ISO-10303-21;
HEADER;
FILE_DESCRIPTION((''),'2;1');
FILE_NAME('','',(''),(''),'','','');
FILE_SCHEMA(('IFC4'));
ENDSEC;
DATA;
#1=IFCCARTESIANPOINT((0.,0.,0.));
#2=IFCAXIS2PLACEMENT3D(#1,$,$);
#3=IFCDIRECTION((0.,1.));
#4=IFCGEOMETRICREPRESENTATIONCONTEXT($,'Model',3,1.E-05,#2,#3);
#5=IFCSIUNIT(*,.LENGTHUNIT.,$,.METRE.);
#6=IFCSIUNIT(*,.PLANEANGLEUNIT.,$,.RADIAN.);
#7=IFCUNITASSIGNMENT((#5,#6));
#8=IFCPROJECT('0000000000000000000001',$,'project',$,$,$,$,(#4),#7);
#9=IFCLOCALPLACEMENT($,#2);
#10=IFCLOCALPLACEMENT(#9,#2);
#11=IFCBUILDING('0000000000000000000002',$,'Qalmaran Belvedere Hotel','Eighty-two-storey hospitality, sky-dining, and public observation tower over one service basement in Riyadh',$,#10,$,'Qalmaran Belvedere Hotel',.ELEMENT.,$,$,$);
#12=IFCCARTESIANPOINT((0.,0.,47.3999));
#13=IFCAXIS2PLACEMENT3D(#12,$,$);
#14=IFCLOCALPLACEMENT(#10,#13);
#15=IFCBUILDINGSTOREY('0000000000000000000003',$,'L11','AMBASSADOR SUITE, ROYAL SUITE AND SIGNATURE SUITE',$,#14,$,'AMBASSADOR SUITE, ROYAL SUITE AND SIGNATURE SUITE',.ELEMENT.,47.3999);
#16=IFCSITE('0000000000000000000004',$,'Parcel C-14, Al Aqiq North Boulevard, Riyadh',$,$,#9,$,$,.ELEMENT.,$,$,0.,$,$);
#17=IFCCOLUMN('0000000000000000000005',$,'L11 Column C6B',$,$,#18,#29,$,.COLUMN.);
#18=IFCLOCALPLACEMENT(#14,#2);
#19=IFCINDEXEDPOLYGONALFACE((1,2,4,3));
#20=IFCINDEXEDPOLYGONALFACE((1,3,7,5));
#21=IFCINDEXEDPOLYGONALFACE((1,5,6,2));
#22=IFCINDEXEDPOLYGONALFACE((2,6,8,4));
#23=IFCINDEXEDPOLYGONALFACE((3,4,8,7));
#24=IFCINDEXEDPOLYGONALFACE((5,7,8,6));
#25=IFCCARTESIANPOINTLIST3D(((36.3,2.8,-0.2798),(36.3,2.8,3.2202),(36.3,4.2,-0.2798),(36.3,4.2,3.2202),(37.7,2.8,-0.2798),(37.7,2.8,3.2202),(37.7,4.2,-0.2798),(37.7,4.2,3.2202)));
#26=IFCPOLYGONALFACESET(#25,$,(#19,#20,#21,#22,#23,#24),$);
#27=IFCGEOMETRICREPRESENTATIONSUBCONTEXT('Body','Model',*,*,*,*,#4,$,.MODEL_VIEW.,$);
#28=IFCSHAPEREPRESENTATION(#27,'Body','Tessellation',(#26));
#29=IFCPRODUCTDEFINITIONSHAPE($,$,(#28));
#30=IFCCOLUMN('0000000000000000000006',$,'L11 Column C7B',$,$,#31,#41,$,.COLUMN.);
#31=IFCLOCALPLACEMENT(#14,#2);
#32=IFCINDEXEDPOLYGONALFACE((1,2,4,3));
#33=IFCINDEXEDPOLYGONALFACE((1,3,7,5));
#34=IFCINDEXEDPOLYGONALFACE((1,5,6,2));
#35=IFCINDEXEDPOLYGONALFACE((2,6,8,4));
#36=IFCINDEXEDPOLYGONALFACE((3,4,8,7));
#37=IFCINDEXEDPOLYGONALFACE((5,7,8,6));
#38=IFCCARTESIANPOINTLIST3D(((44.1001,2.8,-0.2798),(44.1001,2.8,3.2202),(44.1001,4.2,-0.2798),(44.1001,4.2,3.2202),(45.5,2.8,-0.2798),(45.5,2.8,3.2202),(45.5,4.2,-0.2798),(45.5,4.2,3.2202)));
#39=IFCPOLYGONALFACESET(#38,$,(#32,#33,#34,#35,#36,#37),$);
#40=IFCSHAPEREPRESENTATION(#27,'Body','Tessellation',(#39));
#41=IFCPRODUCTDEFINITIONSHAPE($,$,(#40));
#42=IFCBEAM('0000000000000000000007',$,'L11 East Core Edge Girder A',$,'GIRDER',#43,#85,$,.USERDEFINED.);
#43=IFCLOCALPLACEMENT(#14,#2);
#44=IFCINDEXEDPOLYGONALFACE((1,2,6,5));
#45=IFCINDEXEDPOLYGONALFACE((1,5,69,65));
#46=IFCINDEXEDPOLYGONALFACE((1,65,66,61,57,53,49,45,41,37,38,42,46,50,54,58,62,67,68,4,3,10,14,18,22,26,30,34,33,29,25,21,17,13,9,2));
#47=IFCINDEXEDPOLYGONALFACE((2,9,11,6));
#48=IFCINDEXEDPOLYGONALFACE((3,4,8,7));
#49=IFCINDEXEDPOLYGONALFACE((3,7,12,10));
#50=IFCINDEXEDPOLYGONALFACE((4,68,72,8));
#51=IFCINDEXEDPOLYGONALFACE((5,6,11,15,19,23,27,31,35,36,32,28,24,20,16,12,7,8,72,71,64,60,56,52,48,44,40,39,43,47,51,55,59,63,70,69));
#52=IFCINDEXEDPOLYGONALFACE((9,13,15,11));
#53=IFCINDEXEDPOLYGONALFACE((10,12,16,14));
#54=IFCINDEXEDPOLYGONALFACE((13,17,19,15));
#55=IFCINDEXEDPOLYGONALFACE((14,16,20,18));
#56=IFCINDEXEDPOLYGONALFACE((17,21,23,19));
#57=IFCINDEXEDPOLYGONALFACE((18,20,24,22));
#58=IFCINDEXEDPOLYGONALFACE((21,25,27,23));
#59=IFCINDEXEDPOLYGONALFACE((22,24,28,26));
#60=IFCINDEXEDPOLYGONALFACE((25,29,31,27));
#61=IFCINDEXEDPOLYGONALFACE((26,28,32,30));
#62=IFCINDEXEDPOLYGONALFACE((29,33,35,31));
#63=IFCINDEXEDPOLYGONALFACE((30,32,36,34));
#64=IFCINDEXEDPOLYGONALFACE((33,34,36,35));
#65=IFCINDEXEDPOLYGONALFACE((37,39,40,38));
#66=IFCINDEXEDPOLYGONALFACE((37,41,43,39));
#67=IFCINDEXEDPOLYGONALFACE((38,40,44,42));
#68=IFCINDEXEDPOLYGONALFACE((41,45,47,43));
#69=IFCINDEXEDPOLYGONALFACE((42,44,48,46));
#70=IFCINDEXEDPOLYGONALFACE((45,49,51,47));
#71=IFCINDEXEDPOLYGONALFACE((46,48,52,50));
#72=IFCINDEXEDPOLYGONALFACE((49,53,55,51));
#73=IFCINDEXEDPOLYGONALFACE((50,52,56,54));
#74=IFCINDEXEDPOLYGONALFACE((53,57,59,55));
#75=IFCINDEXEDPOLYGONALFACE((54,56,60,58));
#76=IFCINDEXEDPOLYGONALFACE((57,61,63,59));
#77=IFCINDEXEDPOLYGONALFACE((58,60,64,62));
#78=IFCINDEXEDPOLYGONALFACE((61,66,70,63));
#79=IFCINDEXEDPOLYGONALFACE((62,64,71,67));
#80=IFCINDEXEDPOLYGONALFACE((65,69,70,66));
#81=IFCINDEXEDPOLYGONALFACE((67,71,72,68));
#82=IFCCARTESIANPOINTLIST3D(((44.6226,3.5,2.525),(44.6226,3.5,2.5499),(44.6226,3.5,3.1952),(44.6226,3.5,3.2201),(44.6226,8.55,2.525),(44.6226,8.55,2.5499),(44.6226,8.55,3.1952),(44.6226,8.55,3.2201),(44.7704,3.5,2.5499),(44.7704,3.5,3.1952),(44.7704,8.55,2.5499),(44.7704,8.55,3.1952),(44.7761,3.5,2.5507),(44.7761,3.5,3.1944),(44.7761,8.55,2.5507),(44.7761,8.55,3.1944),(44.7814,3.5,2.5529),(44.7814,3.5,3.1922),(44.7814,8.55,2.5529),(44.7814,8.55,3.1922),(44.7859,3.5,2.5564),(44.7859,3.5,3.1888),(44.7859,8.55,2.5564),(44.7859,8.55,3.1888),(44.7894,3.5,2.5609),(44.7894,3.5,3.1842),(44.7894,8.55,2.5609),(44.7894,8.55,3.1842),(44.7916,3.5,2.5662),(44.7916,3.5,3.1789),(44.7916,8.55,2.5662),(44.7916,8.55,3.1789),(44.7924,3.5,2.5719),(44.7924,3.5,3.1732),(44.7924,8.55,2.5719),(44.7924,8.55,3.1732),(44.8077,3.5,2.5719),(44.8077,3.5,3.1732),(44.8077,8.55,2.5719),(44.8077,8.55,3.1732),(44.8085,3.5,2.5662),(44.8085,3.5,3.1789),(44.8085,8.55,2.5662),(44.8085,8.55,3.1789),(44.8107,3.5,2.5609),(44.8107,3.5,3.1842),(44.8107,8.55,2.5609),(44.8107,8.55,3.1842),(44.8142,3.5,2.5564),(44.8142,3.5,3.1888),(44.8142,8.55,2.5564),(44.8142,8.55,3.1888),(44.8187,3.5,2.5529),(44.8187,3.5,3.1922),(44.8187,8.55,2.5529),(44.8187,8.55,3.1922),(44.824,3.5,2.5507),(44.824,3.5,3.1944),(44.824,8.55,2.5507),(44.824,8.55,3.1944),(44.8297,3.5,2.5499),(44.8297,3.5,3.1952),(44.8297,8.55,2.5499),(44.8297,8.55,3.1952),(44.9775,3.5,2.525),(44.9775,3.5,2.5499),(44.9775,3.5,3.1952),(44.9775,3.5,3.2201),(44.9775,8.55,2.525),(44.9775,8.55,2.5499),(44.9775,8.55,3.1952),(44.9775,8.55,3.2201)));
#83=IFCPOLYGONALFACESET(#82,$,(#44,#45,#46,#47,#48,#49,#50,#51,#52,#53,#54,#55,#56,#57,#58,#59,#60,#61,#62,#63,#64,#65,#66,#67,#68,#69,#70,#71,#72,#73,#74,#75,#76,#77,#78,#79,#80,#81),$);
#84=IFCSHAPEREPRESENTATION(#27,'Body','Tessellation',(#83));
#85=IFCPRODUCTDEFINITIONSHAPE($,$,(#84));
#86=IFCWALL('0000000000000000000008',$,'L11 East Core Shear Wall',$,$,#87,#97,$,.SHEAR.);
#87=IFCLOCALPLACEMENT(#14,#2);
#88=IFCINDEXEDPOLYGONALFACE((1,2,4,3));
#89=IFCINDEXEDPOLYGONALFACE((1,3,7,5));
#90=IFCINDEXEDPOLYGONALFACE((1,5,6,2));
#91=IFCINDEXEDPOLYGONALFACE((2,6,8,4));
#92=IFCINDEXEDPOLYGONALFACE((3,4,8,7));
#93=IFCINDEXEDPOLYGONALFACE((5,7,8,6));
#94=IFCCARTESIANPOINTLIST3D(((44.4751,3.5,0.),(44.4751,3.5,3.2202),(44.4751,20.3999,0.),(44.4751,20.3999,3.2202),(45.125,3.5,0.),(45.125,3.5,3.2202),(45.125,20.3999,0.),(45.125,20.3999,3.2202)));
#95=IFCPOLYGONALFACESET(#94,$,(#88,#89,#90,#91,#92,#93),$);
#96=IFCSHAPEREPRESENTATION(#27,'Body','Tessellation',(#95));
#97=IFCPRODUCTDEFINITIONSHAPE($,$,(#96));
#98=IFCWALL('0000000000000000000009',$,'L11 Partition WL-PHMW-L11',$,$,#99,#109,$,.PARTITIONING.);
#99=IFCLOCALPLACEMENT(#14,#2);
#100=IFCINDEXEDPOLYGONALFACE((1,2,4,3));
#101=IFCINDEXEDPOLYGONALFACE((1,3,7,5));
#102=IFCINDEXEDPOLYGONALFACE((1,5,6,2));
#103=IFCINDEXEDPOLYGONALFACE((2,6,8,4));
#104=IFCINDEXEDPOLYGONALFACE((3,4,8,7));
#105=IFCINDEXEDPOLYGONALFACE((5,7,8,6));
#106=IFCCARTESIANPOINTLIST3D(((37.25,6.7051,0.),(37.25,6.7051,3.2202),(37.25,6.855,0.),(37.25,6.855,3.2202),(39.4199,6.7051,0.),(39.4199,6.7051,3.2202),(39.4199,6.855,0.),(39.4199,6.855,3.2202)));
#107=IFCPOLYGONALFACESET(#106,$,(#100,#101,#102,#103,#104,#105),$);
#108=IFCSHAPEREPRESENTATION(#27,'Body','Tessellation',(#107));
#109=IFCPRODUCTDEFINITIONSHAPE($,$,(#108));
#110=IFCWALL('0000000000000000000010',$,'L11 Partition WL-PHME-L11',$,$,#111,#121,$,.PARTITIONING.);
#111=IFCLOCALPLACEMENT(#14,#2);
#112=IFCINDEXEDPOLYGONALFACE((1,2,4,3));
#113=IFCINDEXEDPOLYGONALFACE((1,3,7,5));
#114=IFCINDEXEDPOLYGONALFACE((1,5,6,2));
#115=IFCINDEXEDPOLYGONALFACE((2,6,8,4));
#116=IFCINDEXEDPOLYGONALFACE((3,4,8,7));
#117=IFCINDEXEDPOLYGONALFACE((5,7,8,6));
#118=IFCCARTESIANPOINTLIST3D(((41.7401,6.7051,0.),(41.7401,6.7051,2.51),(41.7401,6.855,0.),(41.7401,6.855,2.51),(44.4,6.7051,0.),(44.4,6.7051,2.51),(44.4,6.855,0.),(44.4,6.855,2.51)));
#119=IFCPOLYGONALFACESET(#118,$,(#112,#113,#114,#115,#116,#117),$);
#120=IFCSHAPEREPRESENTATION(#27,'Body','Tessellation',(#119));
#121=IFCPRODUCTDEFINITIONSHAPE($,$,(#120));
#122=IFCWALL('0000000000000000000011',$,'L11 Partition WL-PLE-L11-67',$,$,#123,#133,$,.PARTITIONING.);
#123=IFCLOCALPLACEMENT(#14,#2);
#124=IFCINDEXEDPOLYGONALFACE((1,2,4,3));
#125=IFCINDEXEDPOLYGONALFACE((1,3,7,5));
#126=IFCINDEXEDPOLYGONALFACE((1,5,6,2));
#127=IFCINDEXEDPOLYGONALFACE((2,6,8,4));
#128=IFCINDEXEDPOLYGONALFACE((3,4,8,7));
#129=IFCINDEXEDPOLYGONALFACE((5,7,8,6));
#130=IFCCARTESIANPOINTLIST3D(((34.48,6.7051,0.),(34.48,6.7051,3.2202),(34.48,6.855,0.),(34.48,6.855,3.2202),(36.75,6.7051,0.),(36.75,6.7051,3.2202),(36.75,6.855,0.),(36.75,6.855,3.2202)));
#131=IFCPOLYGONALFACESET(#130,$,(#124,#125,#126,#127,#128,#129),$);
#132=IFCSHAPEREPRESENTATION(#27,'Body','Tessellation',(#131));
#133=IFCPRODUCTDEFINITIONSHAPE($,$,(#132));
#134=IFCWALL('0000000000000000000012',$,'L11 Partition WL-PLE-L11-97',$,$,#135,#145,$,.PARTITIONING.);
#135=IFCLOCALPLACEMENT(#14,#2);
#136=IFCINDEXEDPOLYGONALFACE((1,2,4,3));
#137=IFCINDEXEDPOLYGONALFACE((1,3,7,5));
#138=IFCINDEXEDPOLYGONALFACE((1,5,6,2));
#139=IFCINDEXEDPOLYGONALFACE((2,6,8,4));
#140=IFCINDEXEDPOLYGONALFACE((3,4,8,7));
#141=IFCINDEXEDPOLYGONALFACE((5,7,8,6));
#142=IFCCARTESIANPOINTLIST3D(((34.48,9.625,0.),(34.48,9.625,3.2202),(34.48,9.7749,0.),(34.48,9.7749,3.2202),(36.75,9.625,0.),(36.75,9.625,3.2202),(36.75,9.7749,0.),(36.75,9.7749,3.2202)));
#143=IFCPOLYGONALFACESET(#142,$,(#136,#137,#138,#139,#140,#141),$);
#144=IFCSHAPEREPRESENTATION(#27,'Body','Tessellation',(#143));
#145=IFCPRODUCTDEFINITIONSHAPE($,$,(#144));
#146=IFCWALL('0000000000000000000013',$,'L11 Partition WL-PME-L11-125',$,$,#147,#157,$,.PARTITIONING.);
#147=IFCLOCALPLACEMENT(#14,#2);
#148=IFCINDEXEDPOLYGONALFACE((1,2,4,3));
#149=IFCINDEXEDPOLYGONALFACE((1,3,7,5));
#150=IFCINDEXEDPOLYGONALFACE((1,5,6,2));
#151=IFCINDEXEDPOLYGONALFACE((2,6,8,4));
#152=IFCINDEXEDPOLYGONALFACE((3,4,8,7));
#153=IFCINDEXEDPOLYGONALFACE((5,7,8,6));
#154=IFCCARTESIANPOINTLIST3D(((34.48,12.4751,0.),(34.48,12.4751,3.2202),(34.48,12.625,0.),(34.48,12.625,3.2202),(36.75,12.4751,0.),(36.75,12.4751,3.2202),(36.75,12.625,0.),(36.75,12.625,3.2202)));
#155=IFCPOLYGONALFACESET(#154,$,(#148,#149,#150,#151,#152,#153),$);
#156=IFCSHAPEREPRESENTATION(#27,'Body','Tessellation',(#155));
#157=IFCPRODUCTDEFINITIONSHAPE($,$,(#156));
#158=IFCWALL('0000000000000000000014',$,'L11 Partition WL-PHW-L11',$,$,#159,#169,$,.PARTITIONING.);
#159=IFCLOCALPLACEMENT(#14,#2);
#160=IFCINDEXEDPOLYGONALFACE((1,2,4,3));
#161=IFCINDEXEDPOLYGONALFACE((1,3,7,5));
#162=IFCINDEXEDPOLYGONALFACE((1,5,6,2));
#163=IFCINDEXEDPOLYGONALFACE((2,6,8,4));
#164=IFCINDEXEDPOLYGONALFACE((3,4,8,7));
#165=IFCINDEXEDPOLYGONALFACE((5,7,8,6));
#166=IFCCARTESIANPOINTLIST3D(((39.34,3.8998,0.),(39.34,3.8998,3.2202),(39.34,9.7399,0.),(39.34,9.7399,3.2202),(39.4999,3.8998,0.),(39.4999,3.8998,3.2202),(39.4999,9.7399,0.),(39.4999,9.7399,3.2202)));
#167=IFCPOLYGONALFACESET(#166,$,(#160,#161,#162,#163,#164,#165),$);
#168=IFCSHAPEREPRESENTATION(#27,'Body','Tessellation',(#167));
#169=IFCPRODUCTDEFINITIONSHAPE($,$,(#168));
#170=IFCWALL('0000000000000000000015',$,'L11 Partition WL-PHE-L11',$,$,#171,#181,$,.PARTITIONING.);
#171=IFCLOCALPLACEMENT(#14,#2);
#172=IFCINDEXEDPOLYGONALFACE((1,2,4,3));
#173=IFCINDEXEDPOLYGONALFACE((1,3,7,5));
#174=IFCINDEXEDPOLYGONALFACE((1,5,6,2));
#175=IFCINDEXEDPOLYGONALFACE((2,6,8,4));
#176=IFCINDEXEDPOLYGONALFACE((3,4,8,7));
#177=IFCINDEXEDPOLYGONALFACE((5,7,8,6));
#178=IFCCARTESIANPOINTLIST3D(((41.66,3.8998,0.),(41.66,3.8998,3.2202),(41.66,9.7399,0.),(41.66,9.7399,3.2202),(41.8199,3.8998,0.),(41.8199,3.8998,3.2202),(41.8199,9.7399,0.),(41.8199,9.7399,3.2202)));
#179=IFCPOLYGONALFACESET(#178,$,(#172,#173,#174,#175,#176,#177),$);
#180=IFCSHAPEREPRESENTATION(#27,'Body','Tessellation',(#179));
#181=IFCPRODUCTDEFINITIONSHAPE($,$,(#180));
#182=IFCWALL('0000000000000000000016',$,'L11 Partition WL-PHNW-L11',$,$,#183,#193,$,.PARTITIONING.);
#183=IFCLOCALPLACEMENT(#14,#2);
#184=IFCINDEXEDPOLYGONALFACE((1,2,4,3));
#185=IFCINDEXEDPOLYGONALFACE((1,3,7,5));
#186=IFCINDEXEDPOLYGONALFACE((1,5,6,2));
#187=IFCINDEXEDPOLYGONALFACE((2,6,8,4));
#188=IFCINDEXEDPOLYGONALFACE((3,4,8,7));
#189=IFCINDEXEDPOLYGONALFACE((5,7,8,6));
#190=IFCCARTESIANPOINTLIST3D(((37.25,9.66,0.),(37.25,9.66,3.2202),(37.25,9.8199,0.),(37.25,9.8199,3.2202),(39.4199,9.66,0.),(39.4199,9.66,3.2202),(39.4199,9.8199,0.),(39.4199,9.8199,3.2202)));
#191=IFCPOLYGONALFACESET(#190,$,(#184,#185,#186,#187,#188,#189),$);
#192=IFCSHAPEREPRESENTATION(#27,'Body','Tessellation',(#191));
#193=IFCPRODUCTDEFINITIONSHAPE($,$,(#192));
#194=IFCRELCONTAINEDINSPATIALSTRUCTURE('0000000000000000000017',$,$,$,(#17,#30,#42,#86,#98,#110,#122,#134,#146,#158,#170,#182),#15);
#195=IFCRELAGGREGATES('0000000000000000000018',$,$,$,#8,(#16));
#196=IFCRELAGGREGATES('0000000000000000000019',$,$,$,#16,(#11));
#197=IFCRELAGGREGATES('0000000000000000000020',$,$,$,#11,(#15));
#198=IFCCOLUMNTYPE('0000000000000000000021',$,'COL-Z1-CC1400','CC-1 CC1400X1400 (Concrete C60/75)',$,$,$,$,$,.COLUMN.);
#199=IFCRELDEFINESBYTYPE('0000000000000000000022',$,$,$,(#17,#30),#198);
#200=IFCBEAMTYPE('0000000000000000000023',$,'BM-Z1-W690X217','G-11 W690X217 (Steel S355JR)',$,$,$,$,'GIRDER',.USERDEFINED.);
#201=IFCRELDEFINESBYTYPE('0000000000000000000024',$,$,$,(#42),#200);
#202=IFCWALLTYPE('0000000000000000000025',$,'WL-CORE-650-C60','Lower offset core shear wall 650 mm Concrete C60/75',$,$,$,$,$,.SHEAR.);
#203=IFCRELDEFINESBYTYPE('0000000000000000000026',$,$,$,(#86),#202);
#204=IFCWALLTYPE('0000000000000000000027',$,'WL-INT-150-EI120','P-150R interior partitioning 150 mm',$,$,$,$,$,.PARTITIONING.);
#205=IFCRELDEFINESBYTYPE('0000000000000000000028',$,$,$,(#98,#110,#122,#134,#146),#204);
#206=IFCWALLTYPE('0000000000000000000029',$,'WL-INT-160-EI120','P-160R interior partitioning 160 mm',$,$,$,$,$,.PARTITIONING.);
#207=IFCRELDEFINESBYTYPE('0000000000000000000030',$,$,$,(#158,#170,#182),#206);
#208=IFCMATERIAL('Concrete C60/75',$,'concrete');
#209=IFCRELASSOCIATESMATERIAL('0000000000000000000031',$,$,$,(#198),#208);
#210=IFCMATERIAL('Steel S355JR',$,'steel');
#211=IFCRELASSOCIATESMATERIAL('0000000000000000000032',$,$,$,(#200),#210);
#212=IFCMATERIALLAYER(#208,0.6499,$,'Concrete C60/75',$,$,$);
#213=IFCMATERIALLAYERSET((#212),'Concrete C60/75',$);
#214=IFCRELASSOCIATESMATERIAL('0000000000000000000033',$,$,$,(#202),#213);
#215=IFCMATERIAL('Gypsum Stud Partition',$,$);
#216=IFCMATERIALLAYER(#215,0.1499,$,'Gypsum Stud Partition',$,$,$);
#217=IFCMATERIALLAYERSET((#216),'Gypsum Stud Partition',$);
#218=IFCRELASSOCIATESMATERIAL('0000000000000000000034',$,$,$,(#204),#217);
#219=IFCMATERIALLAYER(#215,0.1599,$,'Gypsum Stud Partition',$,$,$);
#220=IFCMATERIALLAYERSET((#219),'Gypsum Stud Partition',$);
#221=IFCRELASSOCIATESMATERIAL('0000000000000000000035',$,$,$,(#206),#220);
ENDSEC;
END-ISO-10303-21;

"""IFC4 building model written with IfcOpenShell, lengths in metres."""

from ifc_helpers import new_model, si_unit, direction, frame, frame_2d, origin, origin_2d, place, context, subcontext, project, spatial, rectangle, i_section, extrude, material, layer, layer_set, material_profile, profile_set, type_object, element, save


model = new_model("IFC4")

# Units and contexts
model_context = context("Model", 3, precision=1e-05, world=origin(), true_north=direction((0.0, 1.0)))
body_context = subcontext(model_context, "Body", "Model", "MODEL_VIEW")
ifc_project = project(units=[si_unit("LENGTHUNIT", "METRE"), si_unit("PLANEANGLEUNIT", "RADIAN")], contexts=[model_context])

# Site, building, storey
site_placement = place(None, origin())
site = spatial("IfcSite", under=ifc_project, at=site_placement, Name="Parcel C-14, Al Aqiq North Boulevard, Riyadh", CompositionType="ELEMENT", RefElevation=0.0)
building_placement = place(site_placement, origin())
building = spatial("IfcBuilding", under=site, at=building_placement, Name="Qalmaran Belvedere Hotel", Description="Eighty-two-storey hospitality, sky-dining, and public observation tower over one service basement in Riyadh", LongName="Qalmaran Belvedere Hotel", CompositionType="ELEMENT")
storey_placement = place(building_placement, frame((0.0, 0.0, 47.3999)))
storey = spatial("IfcBuildingStorey", under=building, at=storey_placement, Name="L11", Description="AMBASSADOR SUITE, ROYAL SUITE AND SIGNATURE SUITE", LongName="AMBASSADOR SUITE, ROYAL SUITE AND SIGNATURE SUITE", CompositionType="ELEMENT", Elevation=47.3999)

# Columns
ifc_material_1 = material(Name="Concrete C60/75", Category="concrete")
ifc_material_profile_1 = material_profile(ifc_material_1, rectangle(XDim=1.3999, YDim=1.3999, at=origin_2d()), Name="CC1400X1400")
ifc_profile_set_1 = profile_set([ifc_material_profile_1], Name="Concrete C60/75")
column_type = type_object("IfcColumnType", Name="COL-Z1-CC1400", Description="CC-1 CC1400X1400 (Concrete C60/75)", PredefinedType="COLUMN", material=ifc_profile_set_1)
for number, where, z_axis, x_axis, name in (
    (1, (37.0, 3.5, -0.2798), (0.0, 0.0, 1.0), (1.0, 0.0, 0.0), "L11 Column C6B"),
    (2, (44.8, 3.5, -0.2798), (0.0, 0.0, 1.0), (1.0, 0.0, 0.0), "L11 Column C7B"),
):
    element("IfcColumn", number, at=place(storey_placement, frame(where, z_axis=z_axis, x_axis=x_axis)), inside=storey, type_object=column_type, Name=name, PredefinedType="COLUMN", context=body_context, shape_type="SweptSolid", body=[
        extrude(rectangle(XDim=1.3999, YDim=1.3999, at=origin_2d()), origin(), (0.0, 0.0, 1.0), 3.5),
    ])

# Beam
ifc_material_2 = material(Name="Steel S355JR", Category="steel")
ifc_material_profile_2 = material_profile(ifc_material_2, i_section(OverallWidth=0.355, OverallDepth=0.6951, WebThickness=0.0154, FlangeThickness=0.0249, FilletRadius=0.022, at=origin_2d()), Name="W690X217")
ifc_profile_set_2 = profile_set([ifc_material_profile_2], Name="Steel S355JR")
beam_type = type_object("IfcBeamType", Name="BM-Z1-W690X217", Description="G-11 W690X217 (Steel S355JR)", ElementType="GIRDER", PredefinedType="USERDEFINED", material=ifc_profile_set_2)
beam_placement = place(storey_placement, frame((44.8, 3.5, 2.8726), z_axis=(0.0, 1.0, 0.0), x_axis=(-1.0, 0.0, 0.0)))
element("IfcBeam", 3, at=beam_placement, inside=storey, type_object=beam_type, Name="L11 East Core Edge Girder A", ObjectType="GIRDER", PredefinedType="USERDEFINED", context=body_context, shape_type="SweptSolid", body=[
    extrude(i_section(OverallWidth=0.355, OverallDepth=0.6951, WebThickness=0.0154, FlangeThickness=0.0249, FilletRadius=0.022, at=origin_2d()), origin(), (0.0, 0.0, 1.0), 5.05),
])

# Wall
ifc_layer_1 = layer(ifc_material_1, 0.6499, Name="Concrete C60/75")
ifc_layer_set_1 = layer_set([ifc_layer_1], Name="Concrete C60/75")
wall_type_1 = type_object("IfcWallType", Name="WL-CORE-650-C60", Description="Lower offset core shear wall 650 mm Concrete C60/75", PredefinedType="SHEAR", material=ifc_layer_set_1)
wall_1_placement = place(storey_placement, frame((44.8, 3.5, 0.0), z_axis=(0.0, 0.0, 1.0), x_axis=(0.0, 1.0, 0.0)))
element("IfcWall", 4, at=wall_1_placement, inside=storey, type_object=wall_type_1, Name="L11 East Core Shear Wall", PredefinedType="SHEAR", context=body_context, shape_type="SweptSolid", body=[
    extrude(rectangle(XDim=16.8999, YDim=0.6499, at=frame_2d((8.45, 0.0))), origin(), (0.0, 0.0, 1.0), 3.2202),
])

# Walls
ifc_material_3 = material(Name="Gypsum Stud Partition")
ifc_layer_2 = layer(ifc_material_3, 0.1499, Name="Gypsum Stud Partition")
ifc_layer_set_2 = layer_set([ifc_layer_2], Name="Gypsum Stud Partition")
wall_type_2 = type_object("IfcWallType", Name="WL-INT-150-EI120", Description="P-150R interior partitioning 150 mm", PredefinedType="PARTITIONING", material=ifc_layer_set_2)
wall_2_placement = place(storey_placement, frame((37.25, 6.78, 0.0), z_axis=(0.0, 0.0, 1.0), x_axis=(1.0, 0.0, 0.0)))
element("IfcWall", 5, at=wall_2_placement, inside=storey, type_object=wall_type_2, Name="L11 Partition WL-PHMW-L11", PredefinedType="PARTITIONING", context=body_context, shape_type="SweptSolid", body=[
    extrude(rectangle(XDim=2.1699, YDim=0.1499, at=frame_2d((1.085, 0.0))), origin(), (0.0, 0.0, 1.0), 3.2202),
])
wall_3_placement = place(storey_placement, frame((41.74, 6.78, 0.0), z_axis=(0.0, 0.0, 1.0), x_axis=(1.0, 0.0, 0.0)))
element("IfcWall", 6, at=wall_3_placement, inside=storey, type_object=wall_type_2, Name="L11 Partition WL-PHME-L11", PredefinedType="PARTITIONING", context=body_context, shape_type="SweptSolid", body=[
    extrude(rectangle(XDim=2.6599, YDim=0.1499, at=frame_2d((1.3301, 0.0))), origin(), (0.0, 0.0, 1.0), 2.51),
])
for number, where, z_axis, x_axis, name in (
    (7, (34.48, 6.78, 0.0), (0.0, 0.0, 1.0), (1.0, 0.0, 0.0), "L11 Partition WL-PLE-L11-67"),
    (8, (34.48, 9.7, 0.0), (0.0, 0.0, 1.0), (1.0, 0.0, 0.0), "L11 Partition WL-PLE-L11-97"),
    (9, (34.48, 12.55, 0.0), (0.0, 0.0, 1.0), (1.0, 0.0, 0.0), "L11 Partition WL-PME-L11-125"),
):
    element("IfcWall", number, at=place(storey_placement, frame(where, z_axis=z_axis, x_axis=x_axis)), inside=storey, type_object=wall_type_2, Name=name, PredefinedType="PARTITIONING", context=body_context, shape_type="SweptSolid", body=[
        extrude(rectangle(XDim=2.27, YDim=0.1499, at=frame_2d((1.135, 0.0))), origin(), (0.0, 0.0, 1.0), 3.2202),
    ])
ifc_layer_3 = layer(ifc_material_3, 0.1599, Name="Gypsum Stud Partition")
ifc_layer_set_3 = layer_set([ifc_layer_3], Name="Gypsum Stud Partition")
wall_type_3 = type_object("IfcWallType", Name="WL-INT-160-EI120", Description="P-160R interior partitioning 160 mm", PredefinedType="PARTITIONING", material=ifc_layer_set_3)
for number, where, z_axis, x_axis, name in (
    (10, (39.4199, 3.8999, 0.0), (0.0, 0.0, 1.0), (0.0, 1.0, 0.0), "L11 Partition WL-PHW-L11"),
    (11, (41.74, 3.8999, 0.0), (0.0, 0.0, 1.0), (0.0, 1.0, 0.0), "L11 Partition WL-PHE-L11"),
):
    element("IfcWall", number, at=place(storey_placement, frame(where, z_axis=z_axis, x_axis=x_axis)), inside=storey, type_object=wall_type_3, Name=name, PredefinedType="PARTITIONING", context=body_context, shape_type="SweptSolid", body=[
        extrude(rectangle(XDim=5.8401, YDim=0.1599, at=frame_2d((2.9199, 0.0))), origin(), (0.0, 0.0, 1.0), 3.2202),
    ])
wall_4_placement = place(storey_placement, frame((37.25, 9.74, 0.0), z_axis=(0.0, 0.0, 1.0), x_axis=(1.0, 0.0, 0.0)))
element("IfcWall", 12, at=wall_4_placement, inside=storey, type_object=wall_type_3, Name="L11 Partition WL-PHNW-L11", PredefinedType="PARTITIONING", context=body_context, shape_type="SweptSolid", body=[
    extrude(rectangle(XDim=2.1699, YDim=0.1599, at=frame_2d((1.085, 0.0))), origin(), (0.0, 0.0, 1.0), 3.2202),
])

save(model, "model.ifc")
